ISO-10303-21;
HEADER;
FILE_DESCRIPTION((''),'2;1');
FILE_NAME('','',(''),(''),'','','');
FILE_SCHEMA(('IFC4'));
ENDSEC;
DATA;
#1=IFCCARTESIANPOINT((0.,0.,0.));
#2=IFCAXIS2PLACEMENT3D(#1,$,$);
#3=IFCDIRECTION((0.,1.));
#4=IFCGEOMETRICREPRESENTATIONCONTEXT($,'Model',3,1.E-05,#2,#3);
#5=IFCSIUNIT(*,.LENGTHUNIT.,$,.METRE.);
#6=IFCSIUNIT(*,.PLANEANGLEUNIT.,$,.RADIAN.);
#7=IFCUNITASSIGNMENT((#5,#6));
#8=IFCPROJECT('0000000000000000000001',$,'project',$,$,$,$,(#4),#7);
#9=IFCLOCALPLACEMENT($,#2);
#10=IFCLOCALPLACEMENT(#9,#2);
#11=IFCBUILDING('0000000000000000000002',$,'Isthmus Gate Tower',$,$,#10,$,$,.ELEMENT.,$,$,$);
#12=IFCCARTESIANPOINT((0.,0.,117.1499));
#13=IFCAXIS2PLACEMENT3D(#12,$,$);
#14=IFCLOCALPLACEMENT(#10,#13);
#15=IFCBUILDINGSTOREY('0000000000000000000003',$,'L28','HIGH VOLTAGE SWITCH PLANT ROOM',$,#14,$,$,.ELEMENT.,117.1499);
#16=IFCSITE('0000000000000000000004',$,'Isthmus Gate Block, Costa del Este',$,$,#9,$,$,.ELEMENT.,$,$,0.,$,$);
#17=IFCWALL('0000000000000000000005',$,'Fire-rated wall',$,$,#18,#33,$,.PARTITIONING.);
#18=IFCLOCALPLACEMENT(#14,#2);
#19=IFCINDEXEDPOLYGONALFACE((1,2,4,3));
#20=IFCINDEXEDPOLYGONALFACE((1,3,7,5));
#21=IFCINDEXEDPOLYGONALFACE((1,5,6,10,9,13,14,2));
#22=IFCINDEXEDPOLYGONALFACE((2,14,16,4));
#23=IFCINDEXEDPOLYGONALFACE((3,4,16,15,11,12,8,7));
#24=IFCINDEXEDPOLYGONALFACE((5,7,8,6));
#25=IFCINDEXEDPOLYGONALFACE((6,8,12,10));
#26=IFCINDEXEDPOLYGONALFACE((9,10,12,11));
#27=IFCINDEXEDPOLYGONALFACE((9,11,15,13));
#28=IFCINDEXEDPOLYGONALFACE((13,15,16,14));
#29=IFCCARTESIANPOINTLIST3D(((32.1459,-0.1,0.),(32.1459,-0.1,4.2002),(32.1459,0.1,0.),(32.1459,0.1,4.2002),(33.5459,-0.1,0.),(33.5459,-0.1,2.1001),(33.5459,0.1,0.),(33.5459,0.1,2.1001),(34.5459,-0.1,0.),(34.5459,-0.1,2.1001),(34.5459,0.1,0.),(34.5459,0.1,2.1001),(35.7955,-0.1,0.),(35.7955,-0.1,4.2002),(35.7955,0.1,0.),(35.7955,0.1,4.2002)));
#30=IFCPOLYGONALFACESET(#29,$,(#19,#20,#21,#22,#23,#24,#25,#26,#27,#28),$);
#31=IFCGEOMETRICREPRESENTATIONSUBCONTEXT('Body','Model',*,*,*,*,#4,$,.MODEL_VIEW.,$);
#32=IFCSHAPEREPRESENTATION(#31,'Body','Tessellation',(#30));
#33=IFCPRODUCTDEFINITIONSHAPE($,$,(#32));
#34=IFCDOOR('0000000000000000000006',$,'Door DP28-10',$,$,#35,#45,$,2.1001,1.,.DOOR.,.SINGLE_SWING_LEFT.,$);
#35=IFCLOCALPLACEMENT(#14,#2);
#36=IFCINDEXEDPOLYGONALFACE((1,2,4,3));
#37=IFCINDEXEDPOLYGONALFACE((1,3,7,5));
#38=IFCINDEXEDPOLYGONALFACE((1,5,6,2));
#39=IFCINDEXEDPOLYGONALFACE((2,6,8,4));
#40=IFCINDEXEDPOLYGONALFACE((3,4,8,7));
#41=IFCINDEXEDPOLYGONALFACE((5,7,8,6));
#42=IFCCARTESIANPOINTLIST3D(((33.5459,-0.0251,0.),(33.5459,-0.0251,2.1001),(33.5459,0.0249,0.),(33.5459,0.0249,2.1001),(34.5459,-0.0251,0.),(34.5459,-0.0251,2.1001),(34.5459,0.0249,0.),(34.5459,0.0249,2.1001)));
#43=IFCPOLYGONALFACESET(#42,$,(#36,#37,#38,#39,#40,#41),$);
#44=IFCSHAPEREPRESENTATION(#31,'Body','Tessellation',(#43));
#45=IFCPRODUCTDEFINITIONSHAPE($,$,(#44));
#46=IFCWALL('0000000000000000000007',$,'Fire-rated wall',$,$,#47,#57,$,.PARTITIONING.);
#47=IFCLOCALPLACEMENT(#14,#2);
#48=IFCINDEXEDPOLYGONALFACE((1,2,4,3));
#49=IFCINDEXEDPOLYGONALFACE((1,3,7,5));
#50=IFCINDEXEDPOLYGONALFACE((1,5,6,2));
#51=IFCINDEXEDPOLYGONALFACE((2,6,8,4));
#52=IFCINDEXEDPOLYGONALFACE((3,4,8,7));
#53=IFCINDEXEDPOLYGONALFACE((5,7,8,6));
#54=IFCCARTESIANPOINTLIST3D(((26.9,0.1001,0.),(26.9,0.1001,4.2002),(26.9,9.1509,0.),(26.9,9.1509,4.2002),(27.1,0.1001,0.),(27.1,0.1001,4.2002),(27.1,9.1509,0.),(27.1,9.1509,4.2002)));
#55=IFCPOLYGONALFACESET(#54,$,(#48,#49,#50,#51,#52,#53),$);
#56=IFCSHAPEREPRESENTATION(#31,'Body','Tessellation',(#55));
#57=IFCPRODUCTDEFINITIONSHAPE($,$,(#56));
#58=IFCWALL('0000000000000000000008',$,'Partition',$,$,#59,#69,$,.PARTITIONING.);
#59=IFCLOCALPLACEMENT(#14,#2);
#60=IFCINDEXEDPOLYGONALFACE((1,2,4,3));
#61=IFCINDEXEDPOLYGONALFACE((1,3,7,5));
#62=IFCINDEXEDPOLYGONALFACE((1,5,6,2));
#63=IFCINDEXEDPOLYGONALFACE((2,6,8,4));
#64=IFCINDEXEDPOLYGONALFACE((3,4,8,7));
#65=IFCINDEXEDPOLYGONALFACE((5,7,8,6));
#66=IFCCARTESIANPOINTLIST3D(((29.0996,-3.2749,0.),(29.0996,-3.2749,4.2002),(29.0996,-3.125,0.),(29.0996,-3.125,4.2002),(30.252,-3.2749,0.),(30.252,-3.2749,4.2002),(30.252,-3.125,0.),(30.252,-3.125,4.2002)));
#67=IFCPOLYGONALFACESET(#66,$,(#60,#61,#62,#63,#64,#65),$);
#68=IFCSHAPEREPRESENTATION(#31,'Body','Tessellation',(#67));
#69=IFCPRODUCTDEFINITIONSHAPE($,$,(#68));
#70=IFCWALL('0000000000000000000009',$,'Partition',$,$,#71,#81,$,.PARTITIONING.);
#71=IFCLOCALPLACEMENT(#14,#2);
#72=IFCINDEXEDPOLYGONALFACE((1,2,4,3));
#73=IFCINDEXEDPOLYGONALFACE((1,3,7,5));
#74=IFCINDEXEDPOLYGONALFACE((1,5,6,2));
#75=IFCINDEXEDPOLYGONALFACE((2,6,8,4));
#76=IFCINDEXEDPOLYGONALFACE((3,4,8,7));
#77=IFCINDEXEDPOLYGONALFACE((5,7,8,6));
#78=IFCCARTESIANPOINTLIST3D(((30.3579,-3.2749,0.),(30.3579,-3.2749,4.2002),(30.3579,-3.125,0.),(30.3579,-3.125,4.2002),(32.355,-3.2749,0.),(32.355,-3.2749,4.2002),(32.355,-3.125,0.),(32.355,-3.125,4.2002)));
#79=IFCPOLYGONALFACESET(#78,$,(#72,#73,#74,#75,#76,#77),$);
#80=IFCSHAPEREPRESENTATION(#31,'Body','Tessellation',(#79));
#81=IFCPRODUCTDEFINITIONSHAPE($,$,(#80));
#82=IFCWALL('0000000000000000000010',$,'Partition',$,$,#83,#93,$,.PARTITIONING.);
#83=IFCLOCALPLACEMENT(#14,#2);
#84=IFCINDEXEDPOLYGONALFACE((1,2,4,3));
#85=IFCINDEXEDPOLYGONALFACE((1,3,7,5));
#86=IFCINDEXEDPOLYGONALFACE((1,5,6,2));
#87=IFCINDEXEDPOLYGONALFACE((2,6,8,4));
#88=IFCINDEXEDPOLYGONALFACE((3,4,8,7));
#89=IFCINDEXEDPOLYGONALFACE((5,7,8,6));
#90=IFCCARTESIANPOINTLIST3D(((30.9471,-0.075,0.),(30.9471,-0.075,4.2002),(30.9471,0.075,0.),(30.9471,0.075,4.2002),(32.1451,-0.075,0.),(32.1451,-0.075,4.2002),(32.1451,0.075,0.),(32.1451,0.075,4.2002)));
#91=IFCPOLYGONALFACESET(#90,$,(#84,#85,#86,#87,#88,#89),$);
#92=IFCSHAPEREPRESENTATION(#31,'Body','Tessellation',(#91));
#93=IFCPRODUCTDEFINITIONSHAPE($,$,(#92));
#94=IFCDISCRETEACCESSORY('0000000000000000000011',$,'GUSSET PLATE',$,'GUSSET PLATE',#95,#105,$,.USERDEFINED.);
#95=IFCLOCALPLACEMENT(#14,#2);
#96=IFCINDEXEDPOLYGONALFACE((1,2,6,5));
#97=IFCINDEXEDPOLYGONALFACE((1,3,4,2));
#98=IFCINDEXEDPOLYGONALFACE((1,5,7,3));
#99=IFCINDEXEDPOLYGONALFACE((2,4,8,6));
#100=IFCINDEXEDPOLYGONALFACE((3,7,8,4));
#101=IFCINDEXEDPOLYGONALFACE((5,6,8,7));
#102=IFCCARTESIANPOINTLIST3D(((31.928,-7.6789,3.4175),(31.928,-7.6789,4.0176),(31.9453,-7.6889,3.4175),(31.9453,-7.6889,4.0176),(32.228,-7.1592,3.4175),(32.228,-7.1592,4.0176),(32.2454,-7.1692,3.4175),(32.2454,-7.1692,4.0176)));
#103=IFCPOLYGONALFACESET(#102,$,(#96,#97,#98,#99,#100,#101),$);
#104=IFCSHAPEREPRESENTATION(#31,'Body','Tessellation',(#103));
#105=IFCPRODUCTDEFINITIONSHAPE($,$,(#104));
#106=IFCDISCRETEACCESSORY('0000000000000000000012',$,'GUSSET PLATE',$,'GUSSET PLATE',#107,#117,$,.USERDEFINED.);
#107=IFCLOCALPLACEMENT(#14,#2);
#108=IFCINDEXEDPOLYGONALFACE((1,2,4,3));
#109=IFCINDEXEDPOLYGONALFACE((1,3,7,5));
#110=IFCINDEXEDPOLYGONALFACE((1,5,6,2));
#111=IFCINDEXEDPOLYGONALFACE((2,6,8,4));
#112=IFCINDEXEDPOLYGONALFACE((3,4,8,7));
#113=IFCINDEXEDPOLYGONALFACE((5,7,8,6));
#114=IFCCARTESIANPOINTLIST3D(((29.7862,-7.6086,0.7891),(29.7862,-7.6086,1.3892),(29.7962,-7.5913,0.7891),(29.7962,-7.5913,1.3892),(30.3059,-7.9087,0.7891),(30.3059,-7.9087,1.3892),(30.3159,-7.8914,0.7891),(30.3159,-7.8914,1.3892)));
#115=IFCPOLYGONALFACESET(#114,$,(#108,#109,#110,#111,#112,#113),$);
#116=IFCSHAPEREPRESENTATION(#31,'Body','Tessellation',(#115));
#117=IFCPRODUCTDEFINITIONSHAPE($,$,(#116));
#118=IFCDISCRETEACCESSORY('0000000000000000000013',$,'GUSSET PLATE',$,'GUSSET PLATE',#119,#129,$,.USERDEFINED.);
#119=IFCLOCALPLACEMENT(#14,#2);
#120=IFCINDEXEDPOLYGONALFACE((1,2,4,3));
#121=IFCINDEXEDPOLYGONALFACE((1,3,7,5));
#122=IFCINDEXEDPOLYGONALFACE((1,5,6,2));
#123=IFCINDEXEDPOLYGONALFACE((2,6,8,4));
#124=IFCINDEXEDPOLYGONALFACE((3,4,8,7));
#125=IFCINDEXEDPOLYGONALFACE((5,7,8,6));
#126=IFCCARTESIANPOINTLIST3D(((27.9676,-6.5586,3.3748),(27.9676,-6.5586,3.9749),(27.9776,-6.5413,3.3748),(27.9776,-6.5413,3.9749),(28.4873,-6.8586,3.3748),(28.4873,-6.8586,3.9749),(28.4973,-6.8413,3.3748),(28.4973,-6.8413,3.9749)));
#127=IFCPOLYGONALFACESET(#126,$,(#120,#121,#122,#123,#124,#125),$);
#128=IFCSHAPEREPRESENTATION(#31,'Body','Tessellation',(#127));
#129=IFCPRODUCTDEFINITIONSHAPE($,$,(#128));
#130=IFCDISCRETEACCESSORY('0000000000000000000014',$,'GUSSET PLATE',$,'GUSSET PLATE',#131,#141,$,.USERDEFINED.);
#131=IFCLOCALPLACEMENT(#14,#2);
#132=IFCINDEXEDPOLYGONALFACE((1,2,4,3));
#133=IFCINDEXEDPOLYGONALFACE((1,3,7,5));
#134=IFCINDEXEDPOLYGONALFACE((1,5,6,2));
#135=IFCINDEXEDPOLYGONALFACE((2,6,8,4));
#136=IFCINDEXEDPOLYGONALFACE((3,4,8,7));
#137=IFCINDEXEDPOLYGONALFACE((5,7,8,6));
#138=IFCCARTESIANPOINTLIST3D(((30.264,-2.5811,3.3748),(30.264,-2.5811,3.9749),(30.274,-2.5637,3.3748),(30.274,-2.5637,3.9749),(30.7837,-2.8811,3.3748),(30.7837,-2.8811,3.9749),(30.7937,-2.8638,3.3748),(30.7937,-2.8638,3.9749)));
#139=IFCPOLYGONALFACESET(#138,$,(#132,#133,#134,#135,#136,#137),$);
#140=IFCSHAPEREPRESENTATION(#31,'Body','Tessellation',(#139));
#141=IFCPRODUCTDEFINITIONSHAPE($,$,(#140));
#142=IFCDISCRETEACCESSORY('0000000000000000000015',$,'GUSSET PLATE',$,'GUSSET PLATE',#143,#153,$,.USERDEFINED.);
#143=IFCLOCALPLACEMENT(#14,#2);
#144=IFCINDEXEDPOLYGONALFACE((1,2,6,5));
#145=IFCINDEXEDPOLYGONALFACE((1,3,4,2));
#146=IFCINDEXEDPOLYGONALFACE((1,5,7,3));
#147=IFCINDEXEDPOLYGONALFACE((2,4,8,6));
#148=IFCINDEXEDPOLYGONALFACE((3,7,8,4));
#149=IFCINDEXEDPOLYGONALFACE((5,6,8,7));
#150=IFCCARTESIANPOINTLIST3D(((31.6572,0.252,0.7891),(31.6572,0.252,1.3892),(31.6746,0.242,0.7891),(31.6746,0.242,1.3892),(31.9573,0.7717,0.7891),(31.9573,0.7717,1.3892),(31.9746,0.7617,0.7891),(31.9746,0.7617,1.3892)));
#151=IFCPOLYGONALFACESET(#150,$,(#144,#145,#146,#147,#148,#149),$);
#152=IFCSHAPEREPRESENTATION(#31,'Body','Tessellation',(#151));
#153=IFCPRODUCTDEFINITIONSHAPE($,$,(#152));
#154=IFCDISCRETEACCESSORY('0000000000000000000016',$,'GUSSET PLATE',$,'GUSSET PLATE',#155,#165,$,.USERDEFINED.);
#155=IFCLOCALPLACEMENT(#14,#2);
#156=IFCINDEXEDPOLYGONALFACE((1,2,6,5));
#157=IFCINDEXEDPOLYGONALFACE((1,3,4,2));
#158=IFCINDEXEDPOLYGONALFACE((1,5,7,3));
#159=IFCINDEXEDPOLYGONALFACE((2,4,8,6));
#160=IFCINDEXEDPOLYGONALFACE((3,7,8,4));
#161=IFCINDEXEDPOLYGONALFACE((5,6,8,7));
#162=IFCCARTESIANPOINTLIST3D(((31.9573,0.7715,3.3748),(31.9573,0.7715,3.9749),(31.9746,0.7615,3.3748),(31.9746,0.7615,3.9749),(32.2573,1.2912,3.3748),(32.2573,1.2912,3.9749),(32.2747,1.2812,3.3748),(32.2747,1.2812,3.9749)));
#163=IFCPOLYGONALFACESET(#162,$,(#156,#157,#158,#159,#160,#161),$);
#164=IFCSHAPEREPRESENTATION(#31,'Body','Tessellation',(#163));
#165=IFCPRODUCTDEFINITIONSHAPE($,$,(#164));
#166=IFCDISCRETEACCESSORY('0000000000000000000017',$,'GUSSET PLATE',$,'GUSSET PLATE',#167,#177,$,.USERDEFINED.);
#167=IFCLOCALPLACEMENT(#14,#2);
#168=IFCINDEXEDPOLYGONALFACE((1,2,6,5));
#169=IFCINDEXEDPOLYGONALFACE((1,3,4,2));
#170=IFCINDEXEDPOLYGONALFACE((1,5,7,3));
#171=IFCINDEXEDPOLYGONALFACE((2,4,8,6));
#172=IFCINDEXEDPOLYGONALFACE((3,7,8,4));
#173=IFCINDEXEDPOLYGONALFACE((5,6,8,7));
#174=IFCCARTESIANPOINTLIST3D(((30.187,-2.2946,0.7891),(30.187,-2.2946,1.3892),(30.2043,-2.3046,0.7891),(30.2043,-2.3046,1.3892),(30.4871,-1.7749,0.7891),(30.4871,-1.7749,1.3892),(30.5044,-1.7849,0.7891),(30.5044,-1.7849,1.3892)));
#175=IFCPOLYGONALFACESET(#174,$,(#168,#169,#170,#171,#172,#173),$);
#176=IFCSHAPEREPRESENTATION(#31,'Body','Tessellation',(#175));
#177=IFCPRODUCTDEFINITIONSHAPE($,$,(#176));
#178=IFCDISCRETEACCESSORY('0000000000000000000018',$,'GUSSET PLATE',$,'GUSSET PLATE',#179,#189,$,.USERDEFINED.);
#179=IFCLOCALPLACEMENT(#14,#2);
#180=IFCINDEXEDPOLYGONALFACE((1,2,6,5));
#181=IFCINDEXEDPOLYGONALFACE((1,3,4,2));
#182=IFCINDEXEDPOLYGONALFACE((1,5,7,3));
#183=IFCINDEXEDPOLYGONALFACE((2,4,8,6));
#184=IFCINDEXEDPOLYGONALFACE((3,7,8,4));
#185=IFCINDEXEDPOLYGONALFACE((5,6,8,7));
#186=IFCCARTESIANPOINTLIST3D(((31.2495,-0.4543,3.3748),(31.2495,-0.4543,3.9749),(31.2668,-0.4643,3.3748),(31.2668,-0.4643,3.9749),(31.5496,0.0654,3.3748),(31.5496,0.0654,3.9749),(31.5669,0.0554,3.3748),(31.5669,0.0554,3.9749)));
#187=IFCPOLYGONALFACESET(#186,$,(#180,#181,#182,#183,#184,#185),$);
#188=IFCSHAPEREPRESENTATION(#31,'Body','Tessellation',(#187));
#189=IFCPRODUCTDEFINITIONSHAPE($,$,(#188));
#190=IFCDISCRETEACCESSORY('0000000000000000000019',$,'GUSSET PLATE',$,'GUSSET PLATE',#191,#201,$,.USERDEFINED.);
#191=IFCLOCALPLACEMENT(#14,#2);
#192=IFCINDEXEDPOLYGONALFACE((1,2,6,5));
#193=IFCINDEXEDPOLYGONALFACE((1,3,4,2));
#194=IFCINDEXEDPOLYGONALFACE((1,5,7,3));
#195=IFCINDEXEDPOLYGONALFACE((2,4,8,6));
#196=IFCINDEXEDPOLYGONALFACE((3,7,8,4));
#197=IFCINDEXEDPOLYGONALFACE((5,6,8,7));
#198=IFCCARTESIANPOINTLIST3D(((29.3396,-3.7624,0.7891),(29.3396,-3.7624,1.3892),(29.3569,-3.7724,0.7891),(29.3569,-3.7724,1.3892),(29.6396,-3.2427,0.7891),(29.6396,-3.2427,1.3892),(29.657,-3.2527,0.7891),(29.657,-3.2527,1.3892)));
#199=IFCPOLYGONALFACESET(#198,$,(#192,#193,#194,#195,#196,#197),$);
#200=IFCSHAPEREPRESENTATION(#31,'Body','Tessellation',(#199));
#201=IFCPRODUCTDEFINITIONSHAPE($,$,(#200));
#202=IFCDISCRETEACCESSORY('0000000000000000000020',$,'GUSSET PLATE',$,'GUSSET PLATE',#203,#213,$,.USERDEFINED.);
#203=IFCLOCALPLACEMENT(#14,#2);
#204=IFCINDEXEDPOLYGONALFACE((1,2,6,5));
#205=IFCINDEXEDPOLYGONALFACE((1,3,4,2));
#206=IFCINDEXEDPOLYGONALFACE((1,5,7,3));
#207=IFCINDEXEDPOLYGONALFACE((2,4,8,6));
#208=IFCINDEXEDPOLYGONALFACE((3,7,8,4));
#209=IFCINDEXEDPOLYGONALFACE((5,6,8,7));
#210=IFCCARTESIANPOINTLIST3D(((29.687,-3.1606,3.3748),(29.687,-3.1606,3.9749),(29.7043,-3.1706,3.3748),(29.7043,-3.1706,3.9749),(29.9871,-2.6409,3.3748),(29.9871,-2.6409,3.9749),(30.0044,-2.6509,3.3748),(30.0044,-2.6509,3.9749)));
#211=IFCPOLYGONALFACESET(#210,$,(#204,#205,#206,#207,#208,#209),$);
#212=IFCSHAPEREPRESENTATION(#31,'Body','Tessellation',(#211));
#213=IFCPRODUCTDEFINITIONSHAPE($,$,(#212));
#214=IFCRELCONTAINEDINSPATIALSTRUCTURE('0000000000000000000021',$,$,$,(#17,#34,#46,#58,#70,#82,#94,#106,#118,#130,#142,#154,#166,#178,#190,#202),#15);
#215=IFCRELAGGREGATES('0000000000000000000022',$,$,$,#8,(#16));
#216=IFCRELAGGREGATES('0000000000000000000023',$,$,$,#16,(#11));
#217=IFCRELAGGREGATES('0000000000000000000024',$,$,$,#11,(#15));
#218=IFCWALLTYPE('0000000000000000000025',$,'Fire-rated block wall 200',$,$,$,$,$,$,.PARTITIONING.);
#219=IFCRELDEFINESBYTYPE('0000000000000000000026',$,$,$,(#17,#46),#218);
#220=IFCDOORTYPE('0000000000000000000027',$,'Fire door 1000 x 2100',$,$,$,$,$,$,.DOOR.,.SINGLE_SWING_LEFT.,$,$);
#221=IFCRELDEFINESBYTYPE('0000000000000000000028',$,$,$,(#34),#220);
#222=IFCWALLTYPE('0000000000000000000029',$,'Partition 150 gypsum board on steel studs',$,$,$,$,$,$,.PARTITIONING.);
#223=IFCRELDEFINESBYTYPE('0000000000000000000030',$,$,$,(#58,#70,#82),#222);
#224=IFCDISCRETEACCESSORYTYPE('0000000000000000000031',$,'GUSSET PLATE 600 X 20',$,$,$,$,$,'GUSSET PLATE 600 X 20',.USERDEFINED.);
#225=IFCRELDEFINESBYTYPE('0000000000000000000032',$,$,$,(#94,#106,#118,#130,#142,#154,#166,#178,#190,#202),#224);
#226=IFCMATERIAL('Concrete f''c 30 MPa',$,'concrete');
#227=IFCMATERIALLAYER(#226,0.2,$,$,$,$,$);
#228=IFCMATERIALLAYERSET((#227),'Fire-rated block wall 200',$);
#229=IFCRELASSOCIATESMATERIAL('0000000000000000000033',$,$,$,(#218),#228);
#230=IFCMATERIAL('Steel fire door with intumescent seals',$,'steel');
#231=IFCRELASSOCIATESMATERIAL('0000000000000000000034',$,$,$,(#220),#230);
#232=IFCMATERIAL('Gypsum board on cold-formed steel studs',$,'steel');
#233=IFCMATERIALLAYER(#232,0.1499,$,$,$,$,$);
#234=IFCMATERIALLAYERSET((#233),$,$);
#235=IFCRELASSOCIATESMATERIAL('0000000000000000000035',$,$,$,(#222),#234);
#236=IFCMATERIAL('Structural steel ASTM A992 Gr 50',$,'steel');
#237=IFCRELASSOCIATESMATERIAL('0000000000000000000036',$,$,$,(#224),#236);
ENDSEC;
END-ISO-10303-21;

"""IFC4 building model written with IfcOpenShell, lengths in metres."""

from ifc_helpers import new_model, si_unit, direction, frame, frame_2d, origin, origin_2d, place, context, subcontext, project, spatial, rectangle, extrude, material, layer, layer_set, type_object, element, fill, save


model = new_model("IFC4")

# Units and contexts
model_context = context("Model", 3, precision=1e-05, world=origin(), true_north=direction((0.0, 1.0)))
body_context = subcontext(model_context, "Body", "Model", "MODEL_VIEW")
ifc_project = project(units=[si_unit("LENGTHUNIT", "METRE"), si_unit("PLANEANGLEUNIT", "RADIAN")], contexts=[model_context])

# Site, building, storey
site_placement = place(None, origin())
site = spatial("IfcSite", under=ifc_project, at=site_placement, Name="Isthmus Gate Block, Costa del Este", CompositionType="ELEMENT", RefElevation=0.0)
building_placement = place(site_placement, origin())
building = spatial("IfcBuilding", under=site, at=building_placement, Name="Isthmus Gate Tower", CompositionType="ELEMENT")
storey_placement = place(building_placement, frame((0.0, 0.0, 117.1499)))
storey = spatial("IfcBuildingStorey", under=building, at=storey_placement, Name="L28", Description="HIGH VOLTAGE SWITCH PLANT ROOM", CompositionType="ELEMENT", Elevation=117.1499)

# Shared definitions
ifc_material_1 = material(Name="Concrete f'c 30 MPa", Category="concrete")
ifc_layer_1 = layer(ifc_material_1, 0.2)
ifc_layer_set_1 = layer_set([ifc_layer_1], Name="Fire-rated block wall 200")
wall_type_1 = type_object("IfcWallType", Name="Fire-rated block wall 200", PredefinedType="PARTITIONING", material=ifc_layer_set_1)

# Wall, opening, door
ifc_material_2 = material(Name="Steel fire door with intumescent seals", Category="steel")
door_type = type_object("IfcDoorType", Name="Fire door 1000 x 2100", OperationType="SINGLE_SWING_LEFT", PredefinedType="DOOR", material=ifc_material_2)
wall_1_placement = place(storey_placement, frame((32.146, 0.0, 0.0), z_axis=(0.0, 0.0, 1.0), x_axis=(1.0, 0.0, 0.0)))
wall_1 = element("IfcWall", 1, at=wall_1_placement, inside=storey, type_object=wall_type_1, Name="Fire-rated wall", PredefinedType="PARTITIONING", context=body_context, shape_type="SweptSolid", body=[
    extrude(rectangle(XDim=3.6497, YDim=0.2, at=frame_2d((1.8247, 0.0))), origin(), (0.0, 0.0, 1.0), 4.2002),
])
opening_1_placement = place(wall_1_placement, frame((1.3999, 0.0, 0.0)))
opening_1 = element("IfcOpeningElement", 2, at=opening_1_placement, cuts=wall_1, PredefinedType="OPENING", context=body_context, shape_type="SweptSolid", body=[
    extrude(rectangle(XDim=1.0, YDim=2.1001, at=frame_2d((0.5, 1.05))), frame((0.0, 0.1099, 0.0), z_axis=(0.0, -1.0, 0.0), x_axis=(1.0, 0.0, 0.0)), (0.0, 0.0, 1.0), 0.22),
])
door_1_placement = place(opening_1_placement, origin())
door_1 = element("IfcDoor", 3, at=door_1_placement, inside=storey, type_object=door_type, Name="Door DP28-10", OperationType="SINGLE_SWING_LEFT", OverallHeight=2.1001, OverallWidth=1.0, PredefinedType="DOOR", context=body_context, shape_type="SweptSolid", body=[
    extrude(rectangle(XDim=1.0, YDim=2.1001, at=frame_2d((0.5, 1.05))), frame((0.0, 0.0249, 0.0), z_axis=(0.0, -1.0, 0.0), x_axis=(1.0, 0.0, 0.0)), (0.0, 0.0, 1.0), 0.05),
])
fill(opening_1, door_1)

# Walls
wall_2_placement = place(storey_placement, frame((27.0, 0.1001, 0.0), z_axis=(0.0, 0.0, 1.0), x_axis=(0.0, 1.0, 0.0)))
element("IfcWall", 4, at=wall_2_placement, inside=storey, type_object=wall_type_1, Name="Fire-rated wall", PredefinedType="PARTITIONING", context=body_context, shape_type="SweptSolid", body=[
    extrude(rectangle(XDim=9.0508, YDim=0.2, at=frame_2d((4.5254, 0.0))), origin(), (0.0, 0.0, 1.0), 4.2002),
])
ifc_material_3 = material(Name="Gypsum board on cold-formed steel studs", Category="steel")
ifc_layer_2 = layer(ifc_material_3, 0.1499)
ifc_layer_set_2 = layer_set([ifc_layer_2])
wall_type_2 = type_object("IfcWallType", Name="Partition 150 gypsum board on steel studs", PredefinedType="PARTITIONING", material=ifc_layer_set_2)
wall_3_placement = place(storey_placement, frame((29.0996, -3.2, 0.0), z_axis=(0.0, 0.0, 1.0), x_axis=(1.0, 0.0, 0.0)))
element("IfcWall", 5, at=wall_3_placement, inside=storey, type_object=wall_type_2, Name="Partition", PredefinedType="PARTITIONING", context=body_context, shape_type="SweptSolid", body=[
    extrude(rectangle(XDim=1.1523, YDim=0.1499, at=frame_2d((0.5762, 0.0))), origin(), (0.0, 0.0, 1.0), 4.2002),
])
wall_4_placement = place(storey_placement, frame((30.3579, -3.2, 0.0), z_axis=(0.0, 0.0, 1.0), x_axis=(1.0, 0.0, 0.0)))
element("IfcWall", 6, at=wall_4_placement, inside=storey, type_object=wall_type_2, Name="Partition", PredefinedType="PARTITIONING", context=body_context, shape_type="SweptSolid", body=[
    extrude(rectangle(XDim=1.9971, YDim=0.1499, at=frame_2d((0.9985, 0.0))), origin(), (0.0, 0.0, 1.0), 4.2002),
])
wall_5_placement = place(storey_placement, frame((30.947, 0.0, 0.0), z_axis=(0.0, 0.0, 1.0), x_axis=(1.0, 0.0, 0.0)))
element("IfcWall", 7, at=wall_5_placement, inside=storey, type_object=wall_type_2, Name="Partition", PredefinedType="PARTITIONING", context=body_context, shape_type="SweptSolid", body=[
    extrude(rectangle(XDim=1.198, YDim=0.1499, at=frame_2d((0.5991, 0.0))), origin(), (0.0, 0.0, 1.0), 4.2002),
])

# Discrete accessories
ifc_material_4 = material(Name="Structural steel ASTM A992 Gr 50", Category="steel")
discrete_accessory_type = type_object("IfcDiscreteAccessoryType", Name="GUSSET PLATE 600 X 20", ElementType="GUSSET PLATE 600 X 20", PredefinedType="USERDEFINED", material=ifc_material_4)
for number, where, z_axis, x_axis, name in (
    (8, (32.0867, -7.4241, 3.4175), (0.0, 0.0, 1.0), (-0.5, -0.866025, 0.0), "GUSSET PLATE"),
    (9, (30.051, -7.75, 0.7891), (0.0, 0.0, 1.0), (-0.866025, 0.5, 0.0), "GUSSET PLATE"),
    (10, (28.2324, -6.7, 3.3748), (0.0, 0.0, 1.0), (-0.866025, 0.5, 0.0), "GUSSET PLATE"),
    (11, (30.5288, -2.7224, 3.3748), (0.0, 0.0, 1.0), (-0.866025, 0.5, 0.0), "GUSSET PLATE"),
    (12, (31.8159, 0.5068, 0.7891), (0.0, 0.0, 1.0), (0.5, 0.866025, 0.0), "GUSSET PLATE"),
    (13, (32.116, 1.0264, 3.3748), (0.0, 0.0, 1.0), (0.5, 0.866025, 0.0), "GUSSET PLATE"),
    (14, (30.3457, -2.0398, 0.7891), (0.0, 0.0, 1.0), (0.5, 0.866025, 0.0), "GUSSET PLATE"),
    (15, (31.4082, -0.1995, 3.3748), (0.0, 0.0, 1.0), (0.5, 0.866025, 0.0), "GUSSET PLATE"),
    (16, (29.4983, -3.5076, 0.7891), (0.0, 0.0, 1.0), (0.5, 0.866025, 0.0), "GUSSET PLATE"),
    (17, (29.8457, -2.9058, 3.3748), (0.0, 0.0, 1.0), (0.5, 0.866025, 0.0), "GUSSET PLATE"),
):
    element("IfcDiscreteAccessory", number, at=place(storey_placement, frame(where, z_axis=z_axis, x_axis=x_axis)), inside=storey, type_object=discrete_accessory_type, Name=name, ObjectType="GUSSET PLATE", PredefinedType="USERDEFINED", context=body_context, shape_type="SweptSolid", body=[
        extrude(rectangle(XDim=0.6001, YDim=0.02, at=origin_2d()), origin(), (0.0, 0.0, 1.0), 0.6001),
    ])

save(model, "model.ifc")
